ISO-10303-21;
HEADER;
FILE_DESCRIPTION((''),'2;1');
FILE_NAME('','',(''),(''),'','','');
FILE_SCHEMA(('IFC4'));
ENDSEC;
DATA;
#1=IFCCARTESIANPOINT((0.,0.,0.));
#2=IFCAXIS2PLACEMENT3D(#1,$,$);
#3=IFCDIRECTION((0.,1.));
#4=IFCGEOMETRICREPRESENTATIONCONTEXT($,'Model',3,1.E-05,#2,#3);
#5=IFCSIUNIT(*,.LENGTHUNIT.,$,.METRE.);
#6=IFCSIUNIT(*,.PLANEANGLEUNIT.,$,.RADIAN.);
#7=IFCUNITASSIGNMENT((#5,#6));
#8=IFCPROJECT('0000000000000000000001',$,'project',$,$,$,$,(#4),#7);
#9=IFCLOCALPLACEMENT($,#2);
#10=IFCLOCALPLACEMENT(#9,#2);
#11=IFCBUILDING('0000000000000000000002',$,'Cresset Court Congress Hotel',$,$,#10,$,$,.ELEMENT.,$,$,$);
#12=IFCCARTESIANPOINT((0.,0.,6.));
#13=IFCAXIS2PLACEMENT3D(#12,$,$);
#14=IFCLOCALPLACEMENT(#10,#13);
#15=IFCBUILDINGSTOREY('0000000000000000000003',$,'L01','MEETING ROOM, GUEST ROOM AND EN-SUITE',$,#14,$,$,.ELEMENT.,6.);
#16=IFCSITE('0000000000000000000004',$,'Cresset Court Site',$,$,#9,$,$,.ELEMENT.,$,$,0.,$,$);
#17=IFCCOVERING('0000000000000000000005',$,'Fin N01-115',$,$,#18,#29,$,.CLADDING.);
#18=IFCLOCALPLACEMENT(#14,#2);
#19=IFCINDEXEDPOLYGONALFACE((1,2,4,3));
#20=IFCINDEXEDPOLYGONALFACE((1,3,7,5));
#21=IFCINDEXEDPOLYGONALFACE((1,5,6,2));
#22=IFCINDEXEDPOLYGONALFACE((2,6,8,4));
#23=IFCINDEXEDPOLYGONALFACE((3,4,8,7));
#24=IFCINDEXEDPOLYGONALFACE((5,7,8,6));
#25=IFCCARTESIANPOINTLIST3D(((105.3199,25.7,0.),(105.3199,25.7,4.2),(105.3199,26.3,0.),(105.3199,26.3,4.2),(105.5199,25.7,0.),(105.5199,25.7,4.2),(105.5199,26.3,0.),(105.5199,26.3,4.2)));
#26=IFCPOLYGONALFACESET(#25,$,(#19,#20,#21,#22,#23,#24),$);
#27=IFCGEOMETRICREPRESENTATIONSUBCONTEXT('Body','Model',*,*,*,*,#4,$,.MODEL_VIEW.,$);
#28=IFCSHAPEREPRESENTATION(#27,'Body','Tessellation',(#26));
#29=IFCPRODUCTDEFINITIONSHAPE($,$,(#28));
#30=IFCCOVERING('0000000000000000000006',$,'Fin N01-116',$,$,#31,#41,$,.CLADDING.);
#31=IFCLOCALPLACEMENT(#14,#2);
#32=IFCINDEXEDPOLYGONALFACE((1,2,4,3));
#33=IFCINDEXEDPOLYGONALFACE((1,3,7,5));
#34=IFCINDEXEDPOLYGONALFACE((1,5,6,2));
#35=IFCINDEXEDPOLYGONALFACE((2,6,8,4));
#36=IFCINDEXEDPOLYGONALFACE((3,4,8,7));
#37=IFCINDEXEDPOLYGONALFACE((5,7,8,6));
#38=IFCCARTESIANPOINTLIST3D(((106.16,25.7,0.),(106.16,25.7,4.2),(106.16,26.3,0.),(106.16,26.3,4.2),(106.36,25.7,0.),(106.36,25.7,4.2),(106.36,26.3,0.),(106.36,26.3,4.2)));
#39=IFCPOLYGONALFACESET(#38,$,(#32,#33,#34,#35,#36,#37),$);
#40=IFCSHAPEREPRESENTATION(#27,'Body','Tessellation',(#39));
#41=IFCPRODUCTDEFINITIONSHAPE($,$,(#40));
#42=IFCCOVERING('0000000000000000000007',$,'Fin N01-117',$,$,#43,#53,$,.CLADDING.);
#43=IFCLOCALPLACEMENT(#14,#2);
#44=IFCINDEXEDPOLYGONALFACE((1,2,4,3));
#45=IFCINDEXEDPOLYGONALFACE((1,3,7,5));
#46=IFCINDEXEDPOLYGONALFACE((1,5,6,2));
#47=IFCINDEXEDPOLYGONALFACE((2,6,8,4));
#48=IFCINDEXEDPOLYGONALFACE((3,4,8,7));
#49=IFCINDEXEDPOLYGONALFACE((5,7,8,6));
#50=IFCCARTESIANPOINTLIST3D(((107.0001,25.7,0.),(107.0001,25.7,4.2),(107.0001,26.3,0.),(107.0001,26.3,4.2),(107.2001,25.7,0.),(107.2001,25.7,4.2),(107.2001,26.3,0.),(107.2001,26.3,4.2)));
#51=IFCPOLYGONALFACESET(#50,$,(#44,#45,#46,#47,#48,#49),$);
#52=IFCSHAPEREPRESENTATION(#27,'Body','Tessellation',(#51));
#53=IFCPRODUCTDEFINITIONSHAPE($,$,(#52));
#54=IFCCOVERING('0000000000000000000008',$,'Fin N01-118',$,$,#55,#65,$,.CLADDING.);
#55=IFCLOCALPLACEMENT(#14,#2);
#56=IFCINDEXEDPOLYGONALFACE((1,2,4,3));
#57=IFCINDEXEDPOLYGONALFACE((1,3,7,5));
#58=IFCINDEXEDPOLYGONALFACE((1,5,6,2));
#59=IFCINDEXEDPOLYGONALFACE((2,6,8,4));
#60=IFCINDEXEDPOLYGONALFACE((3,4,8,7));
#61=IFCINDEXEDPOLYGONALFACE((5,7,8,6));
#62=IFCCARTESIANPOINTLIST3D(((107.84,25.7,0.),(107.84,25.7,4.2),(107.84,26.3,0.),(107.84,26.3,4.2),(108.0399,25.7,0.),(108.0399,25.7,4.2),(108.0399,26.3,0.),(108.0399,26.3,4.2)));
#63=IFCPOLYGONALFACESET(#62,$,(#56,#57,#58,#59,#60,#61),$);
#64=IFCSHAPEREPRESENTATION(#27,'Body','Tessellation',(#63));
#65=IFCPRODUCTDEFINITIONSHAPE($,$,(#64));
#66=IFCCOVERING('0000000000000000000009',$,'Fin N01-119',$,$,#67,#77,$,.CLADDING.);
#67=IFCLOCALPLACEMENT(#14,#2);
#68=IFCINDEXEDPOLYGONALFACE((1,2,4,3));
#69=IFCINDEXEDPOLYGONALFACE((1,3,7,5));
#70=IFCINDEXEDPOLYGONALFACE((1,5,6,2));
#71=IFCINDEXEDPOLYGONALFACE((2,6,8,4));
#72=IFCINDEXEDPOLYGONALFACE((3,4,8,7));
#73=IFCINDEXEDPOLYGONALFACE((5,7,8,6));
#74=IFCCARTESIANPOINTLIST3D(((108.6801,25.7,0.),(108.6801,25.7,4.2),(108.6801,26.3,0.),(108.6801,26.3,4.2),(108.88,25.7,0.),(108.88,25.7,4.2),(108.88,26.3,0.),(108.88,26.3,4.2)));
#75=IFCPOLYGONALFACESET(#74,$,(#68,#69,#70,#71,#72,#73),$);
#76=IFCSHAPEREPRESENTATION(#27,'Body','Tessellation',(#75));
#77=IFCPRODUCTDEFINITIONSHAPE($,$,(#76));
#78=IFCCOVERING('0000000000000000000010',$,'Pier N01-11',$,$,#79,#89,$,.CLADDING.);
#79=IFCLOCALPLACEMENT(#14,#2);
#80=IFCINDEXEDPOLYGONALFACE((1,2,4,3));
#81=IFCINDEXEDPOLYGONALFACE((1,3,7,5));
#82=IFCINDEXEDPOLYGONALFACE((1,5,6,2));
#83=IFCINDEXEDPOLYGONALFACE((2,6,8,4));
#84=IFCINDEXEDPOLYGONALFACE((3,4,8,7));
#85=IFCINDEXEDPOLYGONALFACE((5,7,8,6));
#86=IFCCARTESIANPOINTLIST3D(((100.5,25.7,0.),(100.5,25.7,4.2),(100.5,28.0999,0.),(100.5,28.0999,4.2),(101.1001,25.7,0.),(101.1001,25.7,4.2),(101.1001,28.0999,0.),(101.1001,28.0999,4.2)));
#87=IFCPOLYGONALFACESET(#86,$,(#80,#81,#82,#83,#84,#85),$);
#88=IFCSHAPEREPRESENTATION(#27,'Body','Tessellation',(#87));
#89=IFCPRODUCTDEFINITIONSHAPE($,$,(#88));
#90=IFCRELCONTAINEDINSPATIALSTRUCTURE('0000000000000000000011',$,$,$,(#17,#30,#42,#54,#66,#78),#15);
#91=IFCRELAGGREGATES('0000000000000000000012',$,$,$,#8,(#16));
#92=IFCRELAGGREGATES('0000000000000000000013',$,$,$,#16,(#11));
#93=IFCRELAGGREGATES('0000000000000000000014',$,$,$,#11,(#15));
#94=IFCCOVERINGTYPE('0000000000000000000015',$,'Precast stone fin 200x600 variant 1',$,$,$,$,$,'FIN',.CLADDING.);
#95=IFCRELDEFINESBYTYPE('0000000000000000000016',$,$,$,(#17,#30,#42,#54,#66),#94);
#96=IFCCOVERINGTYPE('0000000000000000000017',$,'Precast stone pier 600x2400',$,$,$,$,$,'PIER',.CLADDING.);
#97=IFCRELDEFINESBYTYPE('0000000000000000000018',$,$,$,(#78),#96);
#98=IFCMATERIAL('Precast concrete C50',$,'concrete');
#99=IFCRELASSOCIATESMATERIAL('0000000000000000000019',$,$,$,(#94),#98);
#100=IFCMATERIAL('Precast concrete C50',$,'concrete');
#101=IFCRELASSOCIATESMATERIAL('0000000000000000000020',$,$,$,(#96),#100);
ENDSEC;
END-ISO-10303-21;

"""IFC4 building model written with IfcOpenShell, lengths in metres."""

from ifc_helpers import new_model, si_unit, direction, frame, origin, origin_2d, place, context, subcontext, project, spatial, rectangle, extrude, material, type_object, element, save


model = new_model("IFC4")

# Units and contexts
model_context = context("Model", 3, precision=1e-05, world=origin(), true_north=direction((0.0, 1.0)))
body_context = subcontext(model_context, "Body", "Model", "MODEL_VIEW")
ifc_project = project(units=[si_unit("LENGTHUNIT", "METRE"), si_unit("PLANEANGLEUNIT", "RADIAN")], contexts=[model_context])

# Site, building, storey
site_placement = place(None, origin())
site = spatial("IfcSite", under=ifc_project, at=site_placement, Name="Cresset Court Site", CompositionType="ELEMENT", RefElevation=0.0)
building_placement = place(site_placement, origin())
building = spatial("IfcBuilding", under=site, at=building_placement, Name="Cresset Court Congress Hotel", CompositionType="ELEMENT")
storey_placement = place(building_placement, frame((0.0, 0.0, 6.0)))
storey = spatial("IfcBuildingStorey", under=building, at=storey_placement, Name="L01", Description="MEETING ROOM, GUEST ROOM AND EN-SUITE", CompositionType="ELEMENT", Elevation=6.0)

# Coverings
ifc_material_1 = material(Name="Precast concrete C50", Category="concrete")
covering_type_1 = type_object("IfcCoveringType", Name="Precast stone fin 200x600 variant 1", ElementType="FIN", PredefinedType="CLADDING", material=ifc_material_1)
for number, where, z_axis, x_axis, name in (
    (1, (105.4199, 26.0, 0.0), (0.0, 0.0, 1.0), (1.0, 0.0, 0.0), "Fin N01-115"),
    (2, (106.26, 26.0, 0.0), (0.0, 0.0, 1.0), (1.0, 0.0, 0.0), "Fin N01-116"),
    (3, (107.1001, 26.0, 0.0), (0.0, 0.0, 1.0), (1.0, 0.0, 0.0), "Fin N01-117"),
    (4, (107.9399, 26.0, 0.0), (0.0, 0.0, 1.0), (1.0, 0.0, 0.0), "Fin N01-118"),
    (5, (108.78, 26.0, 0.0), (0.0, 0.0, 1.0), (1.0, 0.0, 0.0), "Fin N01-119"),
):
    element("IfcCovering", number, at=place(storey_placement, frame(where, z_axis=z_axis, x_axis=x_axis)), inside=storey, type_object=covering_type_1, Name=name, PredefinedType="CLADDING", context=body_context, shape_type="SweptSolid", body=[
        extrude(rectangle(XDim=0.2, YDim=0.6001, at=origin_2d()), origin(), (0.0, 0.0, 1.0), 4.2),
    ])
ifc_material_2 = material(Name="Precast concrete C50", Category="concrete")
covering_type_2 = type_object("IfcCoveringType", Name="Precast stone pier 600x2400", ElementType="PIER", PredefinedType="CLADDING", material=ifc_material_2)
covering_placement = place(storey_placement, frame((100.8, 26.8999, 0.0), z_axis=(0.0, 0.0, 1.0), x_axis=(1.0, 0.0, 0.0)))
element("IfcCovering", 6, at=covering_placement, inside=storey, type_object=covering_type_2, Name="Pier N01-11", PredefinedType="CLADDING", context=body_context, shape_type="SweptSolid", body=[
    extrude(rectangle(XDim=0.6001, YDim=2.3999, at=origin_2d()), origin(), (0.0, 0.0, 1.0), 4.2),
])

save(model, "model.ifc")
